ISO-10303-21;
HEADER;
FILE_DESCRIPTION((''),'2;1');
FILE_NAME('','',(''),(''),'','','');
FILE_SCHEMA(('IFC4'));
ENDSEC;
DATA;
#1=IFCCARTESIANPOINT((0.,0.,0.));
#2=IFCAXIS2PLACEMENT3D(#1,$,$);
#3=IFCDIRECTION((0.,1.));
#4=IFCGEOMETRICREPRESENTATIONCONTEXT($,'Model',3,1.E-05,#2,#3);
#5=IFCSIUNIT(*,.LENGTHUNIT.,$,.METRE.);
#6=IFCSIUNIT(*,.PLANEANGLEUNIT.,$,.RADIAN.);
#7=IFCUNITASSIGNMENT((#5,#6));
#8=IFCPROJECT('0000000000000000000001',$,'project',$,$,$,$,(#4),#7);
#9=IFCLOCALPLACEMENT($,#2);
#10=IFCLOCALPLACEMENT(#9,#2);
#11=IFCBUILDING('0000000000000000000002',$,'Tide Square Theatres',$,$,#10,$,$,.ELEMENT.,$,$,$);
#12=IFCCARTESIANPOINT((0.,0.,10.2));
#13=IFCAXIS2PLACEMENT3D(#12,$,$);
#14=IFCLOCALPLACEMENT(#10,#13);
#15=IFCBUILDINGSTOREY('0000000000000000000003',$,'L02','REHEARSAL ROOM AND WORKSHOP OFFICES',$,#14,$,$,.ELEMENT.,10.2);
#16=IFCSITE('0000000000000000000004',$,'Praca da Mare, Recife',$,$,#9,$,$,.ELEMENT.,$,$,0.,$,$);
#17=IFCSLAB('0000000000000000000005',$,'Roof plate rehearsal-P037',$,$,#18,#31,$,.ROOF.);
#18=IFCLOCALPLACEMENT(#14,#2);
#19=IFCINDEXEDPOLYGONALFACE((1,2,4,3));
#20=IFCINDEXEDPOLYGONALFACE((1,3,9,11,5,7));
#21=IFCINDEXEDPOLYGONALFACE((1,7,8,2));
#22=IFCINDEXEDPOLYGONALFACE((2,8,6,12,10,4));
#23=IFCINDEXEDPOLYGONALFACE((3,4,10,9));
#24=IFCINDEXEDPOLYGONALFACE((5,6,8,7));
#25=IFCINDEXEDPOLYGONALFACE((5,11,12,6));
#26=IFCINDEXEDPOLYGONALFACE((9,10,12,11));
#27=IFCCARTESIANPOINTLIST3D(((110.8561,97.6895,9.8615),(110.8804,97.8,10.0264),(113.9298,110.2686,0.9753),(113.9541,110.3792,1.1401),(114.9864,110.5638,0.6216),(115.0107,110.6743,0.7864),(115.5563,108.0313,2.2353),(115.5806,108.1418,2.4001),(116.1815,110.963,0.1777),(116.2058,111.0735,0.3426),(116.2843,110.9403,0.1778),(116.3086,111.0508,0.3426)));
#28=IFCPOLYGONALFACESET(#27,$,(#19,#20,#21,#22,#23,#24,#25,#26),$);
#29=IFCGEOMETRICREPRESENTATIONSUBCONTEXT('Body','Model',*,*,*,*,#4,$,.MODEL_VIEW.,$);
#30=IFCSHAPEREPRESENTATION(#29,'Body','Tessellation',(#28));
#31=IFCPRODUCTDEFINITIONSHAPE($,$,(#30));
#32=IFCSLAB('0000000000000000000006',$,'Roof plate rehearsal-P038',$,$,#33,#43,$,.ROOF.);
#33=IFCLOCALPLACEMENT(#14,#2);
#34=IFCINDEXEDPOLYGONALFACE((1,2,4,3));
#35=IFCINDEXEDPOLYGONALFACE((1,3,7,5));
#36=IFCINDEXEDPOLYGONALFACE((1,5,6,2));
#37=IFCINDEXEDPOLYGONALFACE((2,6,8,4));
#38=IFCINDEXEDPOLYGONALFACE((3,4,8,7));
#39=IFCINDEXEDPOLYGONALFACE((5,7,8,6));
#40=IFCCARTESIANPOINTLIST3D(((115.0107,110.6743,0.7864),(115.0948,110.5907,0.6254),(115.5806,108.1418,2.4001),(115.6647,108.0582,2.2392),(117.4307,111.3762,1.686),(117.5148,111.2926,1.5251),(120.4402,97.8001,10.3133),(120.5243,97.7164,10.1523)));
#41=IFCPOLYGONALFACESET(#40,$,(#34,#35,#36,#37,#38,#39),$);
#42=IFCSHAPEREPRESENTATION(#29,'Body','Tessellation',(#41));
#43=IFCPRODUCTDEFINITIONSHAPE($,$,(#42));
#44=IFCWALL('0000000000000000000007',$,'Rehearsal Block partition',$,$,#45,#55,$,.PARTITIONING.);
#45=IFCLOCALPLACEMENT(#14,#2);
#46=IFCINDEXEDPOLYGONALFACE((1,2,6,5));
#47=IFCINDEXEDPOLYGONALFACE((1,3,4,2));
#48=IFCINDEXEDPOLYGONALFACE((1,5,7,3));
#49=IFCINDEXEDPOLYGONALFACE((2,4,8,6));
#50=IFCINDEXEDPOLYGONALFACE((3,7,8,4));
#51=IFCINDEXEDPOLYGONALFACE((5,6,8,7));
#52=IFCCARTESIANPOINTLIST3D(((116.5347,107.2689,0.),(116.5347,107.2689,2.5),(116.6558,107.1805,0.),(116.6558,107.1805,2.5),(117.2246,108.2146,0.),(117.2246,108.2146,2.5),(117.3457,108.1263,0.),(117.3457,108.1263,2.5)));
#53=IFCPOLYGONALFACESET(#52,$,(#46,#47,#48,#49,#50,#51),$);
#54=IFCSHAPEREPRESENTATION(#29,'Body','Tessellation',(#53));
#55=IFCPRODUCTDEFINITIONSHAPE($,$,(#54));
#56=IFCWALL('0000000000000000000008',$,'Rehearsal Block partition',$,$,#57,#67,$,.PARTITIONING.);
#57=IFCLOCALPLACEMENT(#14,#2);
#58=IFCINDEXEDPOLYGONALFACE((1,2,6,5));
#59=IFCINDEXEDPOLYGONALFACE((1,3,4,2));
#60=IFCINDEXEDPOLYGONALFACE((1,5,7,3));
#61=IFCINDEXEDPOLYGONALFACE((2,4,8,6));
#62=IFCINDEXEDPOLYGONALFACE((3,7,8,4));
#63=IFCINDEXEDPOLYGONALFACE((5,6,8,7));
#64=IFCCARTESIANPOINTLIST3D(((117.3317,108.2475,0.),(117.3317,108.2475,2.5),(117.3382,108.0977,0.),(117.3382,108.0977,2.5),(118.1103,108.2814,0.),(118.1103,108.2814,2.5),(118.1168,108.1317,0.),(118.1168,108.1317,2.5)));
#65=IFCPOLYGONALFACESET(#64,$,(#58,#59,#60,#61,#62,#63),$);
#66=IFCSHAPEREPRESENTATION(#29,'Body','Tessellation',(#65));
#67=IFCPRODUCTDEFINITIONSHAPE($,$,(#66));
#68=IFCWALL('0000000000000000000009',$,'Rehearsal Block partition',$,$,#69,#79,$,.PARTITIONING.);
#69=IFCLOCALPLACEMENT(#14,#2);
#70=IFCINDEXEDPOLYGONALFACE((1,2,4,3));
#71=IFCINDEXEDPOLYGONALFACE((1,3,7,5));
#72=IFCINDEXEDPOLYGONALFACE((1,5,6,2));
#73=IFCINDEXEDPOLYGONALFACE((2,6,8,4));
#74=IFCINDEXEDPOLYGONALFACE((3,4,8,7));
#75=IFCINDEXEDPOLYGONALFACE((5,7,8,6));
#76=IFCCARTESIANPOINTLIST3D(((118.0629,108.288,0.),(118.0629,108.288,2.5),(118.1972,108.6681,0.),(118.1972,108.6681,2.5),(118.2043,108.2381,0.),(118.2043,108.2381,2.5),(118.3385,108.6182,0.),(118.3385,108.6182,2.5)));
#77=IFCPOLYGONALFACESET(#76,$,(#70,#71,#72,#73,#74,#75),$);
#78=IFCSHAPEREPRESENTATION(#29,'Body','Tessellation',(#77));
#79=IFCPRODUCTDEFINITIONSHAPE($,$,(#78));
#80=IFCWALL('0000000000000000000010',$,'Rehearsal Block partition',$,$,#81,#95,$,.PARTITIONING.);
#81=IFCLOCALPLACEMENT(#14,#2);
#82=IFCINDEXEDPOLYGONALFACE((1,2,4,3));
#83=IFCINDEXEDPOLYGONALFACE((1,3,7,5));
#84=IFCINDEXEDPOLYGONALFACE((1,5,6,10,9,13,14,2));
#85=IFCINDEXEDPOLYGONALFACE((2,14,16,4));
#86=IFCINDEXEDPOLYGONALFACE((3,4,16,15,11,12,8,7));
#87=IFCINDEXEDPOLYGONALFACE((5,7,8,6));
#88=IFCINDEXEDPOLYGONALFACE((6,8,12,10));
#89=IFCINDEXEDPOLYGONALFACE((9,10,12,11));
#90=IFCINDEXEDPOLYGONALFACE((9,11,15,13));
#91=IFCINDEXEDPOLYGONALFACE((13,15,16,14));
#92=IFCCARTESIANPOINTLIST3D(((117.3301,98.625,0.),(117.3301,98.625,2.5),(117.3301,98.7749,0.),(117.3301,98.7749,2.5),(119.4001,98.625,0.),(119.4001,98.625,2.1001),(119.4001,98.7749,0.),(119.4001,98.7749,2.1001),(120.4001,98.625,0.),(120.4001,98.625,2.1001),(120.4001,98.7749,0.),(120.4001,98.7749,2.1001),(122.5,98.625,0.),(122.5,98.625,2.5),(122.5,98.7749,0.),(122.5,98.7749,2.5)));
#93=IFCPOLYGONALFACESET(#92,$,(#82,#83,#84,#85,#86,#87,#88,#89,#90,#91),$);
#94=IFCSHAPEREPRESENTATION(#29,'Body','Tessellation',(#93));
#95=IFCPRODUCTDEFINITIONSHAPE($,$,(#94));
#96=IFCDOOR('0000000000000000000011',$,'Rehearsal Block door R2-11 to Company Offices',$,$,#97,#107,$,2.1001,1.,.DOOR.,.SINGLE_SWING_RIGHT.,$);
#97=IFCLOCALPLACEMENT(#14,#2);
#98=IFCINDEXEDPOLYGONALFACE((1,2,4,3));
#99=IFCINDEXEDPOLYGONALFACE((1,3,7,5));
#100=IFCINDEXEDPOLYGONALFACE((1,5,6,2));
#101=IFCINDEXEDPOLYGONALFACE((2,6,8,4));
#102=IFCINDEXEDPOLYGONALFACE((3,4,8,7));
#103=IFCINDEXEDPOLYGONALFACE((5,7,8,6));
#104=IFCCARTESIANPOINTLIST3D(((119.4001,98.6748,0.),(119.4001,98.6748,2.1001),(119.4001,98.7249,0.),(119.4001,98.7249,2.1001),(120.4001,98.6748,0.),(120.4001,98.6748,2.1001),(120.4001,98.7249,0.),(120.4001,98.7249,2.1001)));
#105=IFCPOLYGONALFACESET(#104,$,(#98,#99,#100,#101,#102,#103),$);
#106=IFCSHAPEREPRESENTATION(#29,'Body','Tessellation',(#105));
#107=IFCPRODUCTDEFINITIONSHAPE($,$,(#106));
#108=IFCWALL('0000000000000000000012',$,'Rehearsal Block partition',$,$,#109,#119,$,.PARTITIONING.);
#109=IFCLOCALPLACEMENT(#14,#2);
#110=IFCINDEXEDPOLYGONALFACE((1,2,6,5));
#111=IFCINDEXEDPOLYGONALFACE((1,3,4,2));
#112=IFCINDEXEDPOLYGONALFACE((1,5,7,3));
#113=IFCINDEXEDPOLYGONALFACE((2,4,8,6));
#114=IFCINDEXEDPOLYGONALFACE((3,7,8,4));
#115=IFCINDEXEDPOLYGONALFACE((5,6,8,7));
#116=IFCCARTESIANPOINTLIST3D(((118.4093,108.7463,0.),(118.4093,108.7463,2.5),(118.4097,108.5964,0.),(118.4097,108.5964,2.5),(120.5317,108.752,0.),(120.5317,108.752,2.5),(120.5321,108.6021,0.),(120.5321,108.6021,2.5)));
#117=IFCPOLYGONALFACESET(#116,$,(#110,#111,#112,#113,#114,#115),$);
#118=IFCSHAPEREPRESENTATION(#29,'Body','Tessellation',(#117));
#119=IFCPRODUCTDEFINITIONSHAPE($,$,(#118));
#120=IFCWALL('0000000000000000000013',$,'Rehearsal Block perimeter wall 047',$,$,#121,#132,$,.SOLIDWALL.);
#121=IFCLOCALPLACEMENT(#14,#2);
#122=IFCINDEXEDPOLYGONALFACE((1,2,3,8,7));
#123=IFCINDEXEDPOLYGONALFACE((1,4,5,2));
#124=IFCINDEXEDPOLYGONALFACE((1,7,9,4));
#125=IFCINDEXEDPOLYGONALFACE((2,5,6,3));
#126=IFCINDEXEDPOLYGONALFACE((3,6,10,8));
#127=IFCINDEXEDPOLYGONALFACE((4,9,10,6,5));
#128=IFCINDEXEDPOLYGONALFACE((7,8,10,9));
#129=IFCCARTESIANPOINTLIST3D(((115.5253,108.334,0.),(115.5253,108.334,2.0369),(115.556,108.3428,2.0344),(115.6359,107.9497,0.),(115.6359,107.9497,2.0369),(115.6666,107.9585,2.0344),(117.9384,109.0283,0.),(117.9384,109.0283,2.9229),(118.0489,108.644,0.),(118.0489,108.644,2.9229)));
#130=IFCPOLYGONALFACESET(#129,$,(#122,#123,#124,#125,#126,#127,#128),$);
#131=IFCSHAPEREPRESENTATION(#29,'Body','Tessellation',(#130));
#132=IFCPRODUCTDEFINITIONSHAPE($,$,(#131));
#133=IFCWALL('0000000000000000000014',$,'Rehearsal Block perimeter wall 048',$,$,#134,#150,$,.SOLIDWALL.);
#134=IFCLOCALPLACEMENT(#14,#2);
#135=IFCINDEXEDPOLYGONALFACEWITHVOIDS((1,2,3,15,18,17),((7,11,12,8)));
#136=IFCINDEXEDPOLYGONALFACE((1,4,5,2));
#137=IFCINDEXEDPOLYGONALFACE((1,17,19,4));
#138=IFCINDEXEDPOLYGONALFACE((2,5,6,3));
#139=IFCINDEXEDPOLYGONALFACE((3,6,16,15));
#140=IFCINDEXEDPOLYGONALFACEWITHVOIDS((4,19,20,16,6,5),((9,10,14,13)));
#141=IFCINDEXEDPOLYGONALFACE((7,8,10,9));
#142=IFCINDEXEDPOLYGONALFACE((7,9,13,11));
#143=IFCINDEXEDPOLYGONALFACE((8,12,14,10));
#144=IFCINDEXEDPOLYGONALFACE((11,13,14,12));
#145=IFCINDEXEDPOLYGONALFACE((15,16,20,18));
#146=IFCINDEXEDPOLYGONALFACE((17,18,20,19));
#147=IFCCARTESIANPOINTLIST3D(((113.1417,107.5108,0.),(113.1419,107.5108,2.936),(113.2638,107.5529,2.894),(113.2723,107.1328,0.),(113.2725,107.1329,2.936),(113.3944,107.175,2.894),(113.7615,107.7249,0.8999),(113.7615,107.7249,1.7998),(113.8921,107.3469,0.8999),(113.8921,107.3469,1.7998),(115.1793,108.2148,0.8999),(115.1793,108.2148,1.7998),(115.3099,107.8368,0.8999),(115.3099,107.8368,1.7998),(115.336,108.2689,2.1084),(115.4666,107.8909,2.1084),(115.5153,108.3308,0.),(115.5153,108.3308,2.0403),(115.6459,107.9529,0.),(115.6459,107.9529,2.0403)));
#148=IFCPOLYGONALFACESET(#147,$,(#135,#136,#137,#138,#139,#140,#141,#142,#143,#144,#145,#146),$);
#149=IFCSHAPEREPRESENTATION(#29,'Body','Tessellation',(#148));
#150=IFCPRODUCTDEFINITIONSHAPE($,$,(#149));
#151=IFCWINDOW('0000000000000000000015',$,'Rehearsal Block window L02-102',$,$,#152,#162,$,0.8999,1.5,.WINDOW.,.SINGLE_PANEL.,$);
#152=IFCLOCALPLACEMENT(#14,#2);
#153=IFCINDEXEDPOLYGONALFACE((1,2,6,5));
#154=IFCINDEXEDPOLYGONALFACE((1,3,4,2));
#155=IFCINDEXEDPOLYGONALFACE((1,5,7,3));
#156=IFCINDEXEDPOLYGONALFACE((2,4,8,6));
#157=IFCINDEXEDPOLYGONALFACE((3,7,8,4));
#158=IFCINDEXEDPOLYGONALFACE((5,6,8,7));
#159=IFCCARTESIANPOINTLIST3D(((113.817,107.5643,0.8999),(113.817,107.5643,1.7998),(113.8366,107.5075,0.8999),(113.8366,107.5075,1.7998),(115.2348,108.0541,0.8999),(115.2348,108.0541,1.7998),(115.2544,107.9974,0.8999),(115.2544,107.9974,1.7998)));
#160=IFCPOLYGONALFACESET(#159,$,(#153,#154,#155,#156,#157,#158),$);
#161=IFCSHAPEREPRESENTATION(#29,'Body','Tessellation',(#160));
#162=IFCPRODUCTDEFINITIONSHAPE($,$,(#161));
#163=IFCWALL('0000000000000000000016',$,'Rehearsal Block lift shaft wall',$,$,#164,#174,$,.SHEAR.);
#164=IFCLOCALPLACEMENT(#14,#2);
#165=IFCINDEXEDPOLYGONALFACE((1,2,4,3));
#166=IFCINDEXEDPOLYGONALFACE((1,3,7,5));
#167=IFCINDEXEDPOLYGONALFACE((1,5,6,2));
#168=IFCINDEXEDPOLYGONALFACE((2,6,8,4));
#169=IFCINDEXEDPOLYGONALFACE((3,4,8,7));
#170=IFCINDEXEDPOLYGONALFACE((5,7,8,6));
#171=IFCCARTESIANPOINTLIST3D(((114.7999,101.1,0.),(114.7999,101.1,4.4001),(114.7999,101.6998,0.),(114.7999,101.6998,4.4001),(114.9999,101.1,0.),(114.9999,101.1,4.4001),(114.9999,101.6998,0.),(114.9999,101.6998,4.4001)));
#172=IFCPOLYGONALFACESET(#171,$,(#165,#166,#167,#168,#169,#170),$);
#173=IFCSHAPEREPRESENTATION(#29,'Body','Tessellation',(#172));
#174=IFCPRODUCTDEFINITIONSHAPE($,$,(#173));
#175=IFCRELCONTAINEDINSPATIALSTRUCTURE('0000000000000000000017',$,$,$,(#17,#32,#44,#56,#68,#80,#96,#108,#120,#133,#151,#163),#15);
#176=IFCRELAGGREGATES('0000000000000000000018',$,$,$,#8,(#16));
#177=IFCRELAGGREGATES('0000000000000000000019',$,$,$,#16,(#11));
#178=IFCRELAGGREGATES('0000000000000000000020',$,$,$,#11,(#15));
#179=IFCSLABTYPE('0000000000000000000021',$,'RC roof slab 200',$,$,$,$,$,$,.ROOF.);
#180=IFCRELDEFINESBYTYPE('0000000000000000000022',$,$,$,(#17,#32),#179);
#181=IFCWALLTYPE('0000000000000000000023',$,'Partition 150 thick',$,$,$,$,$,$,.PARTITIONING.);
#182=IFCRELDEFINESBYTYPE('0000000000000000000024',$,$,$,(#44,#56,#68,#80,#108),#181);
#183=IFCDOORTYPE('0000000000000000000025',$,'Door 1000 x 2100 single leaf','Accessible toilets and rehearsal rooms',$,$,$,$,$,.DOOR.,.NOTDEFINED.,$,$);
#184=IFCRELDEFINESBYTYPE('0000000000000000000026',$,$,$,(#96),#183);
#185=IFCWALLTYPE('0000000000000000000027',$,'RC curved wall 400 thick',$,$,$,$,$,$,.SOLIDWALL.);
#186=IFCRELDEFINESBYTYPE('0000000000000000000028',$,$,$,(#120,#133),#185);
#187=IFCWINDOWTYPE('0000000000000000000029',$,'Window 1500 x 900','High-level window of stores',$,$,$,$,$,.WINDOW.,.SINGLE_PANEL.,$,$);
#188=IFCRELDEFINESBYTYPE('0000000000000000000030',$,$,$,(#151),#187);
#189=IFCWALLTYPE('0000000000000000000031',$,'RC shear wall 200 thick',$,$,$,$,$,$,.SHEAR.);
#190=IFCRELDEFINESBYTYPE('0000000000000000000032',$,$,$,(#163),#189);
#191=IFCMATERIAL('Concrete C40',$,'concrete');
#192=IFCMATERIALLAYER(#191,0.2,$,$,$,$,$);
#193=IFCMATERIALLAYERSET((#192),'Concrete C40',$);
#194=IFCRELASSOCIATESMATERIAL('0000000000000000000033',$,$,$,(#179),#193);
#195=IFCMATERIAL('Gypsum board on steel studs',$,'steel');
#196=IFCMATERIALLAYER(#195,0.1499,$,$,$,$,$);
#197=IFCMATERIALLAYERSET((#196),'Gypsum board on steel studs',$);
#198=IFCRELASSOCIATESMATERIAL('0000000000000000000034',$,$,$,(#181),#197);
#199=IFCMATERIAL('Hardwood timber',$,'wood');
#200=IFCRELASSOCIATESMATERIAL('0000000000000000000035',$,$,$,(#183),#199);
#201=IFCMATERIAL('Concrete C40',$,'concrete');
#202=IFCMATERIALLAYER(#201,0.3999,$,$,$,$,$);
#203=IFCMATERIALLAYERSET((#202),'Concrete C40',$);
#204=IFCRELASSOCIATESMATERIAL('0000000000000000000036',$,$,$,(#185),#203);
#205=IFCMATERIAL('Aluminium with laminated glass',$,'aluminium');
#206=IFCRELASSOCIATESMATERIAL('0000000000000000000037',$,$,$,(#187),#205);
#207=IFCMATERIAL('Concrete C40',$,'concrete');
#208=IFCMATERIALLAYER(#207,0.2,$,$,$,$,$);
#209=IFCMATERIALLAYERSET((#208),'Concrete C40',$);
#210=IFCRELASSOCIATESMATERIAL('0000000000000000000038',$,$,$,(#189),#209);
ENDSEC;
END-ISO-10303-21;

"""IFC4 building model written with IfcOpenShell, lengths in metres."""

from ifc_helpers import new_model, si_unit, direction, frame, frame_2d, origin, place, context, subcontext, project, spatial, polyline, rectangle, outline, extrude, material, layer, layer_set, type_object, element, fill, save


model = new_model("IFC4")

# Units and contexts
model_context = context("Model", 3, precision=1e-05, world=origin(), true_north=direction((0.0, 1.0)))
body_context = subcontext(model_context, "Body", "Model", "MODEL_VIEW")
ifc_project = project(units=[si_unit("LENGTHUNIT", "METRE"), si_unit("PLANEANGLEUNIT", "RADIAN")], contexts=[model_context])

# Site, building, storey
site_placement = place(None, origin())
site = spatial("IfcSite", under=ifc_project, at=site_placement, Name="Praca da Mare, Recife", CompositionType="ELEMENT", RefElevation=0.0)
building_placement = place(site_placement, origin())
building = spatial("IfcBuilding", under=site, at=building_placement, Name="Tide Square Theatres", CompositionType="ELEMENT")
storey_placement = place(building_placement, frame((0.0, 0.0, 10.2)))
storey = spatial("IfcBuildingStorey", under=building, at=storey_placement, Name="L02", Description="REHEARSAL ROOM AND WORKSHOP OFFICES", CompositionType="ELEMENT", Elevation=10.2)

# Slabs
ifc_material_1 = material(Name="Concrete C40", Category="concrete")
ifc_layer_1 = layer(ifc_material_1, 0.2)
ifc_layer_set_1 = layer_set([ifc_layer_1], Name="Concrete C40")
slab_type = type_object("IfcSlabType", Name="RC roof slab 200", PredefinedType="ROOF", material=ifc_layer_set_1)
slab_1_placement = place(storey_placement, frame((113.9541, 110.3792, 1.1401), z_axis=(0.121591, 0.552708, 0.824457), x_axis=(-0.195717, -0.800962, 0.565822)))
element("IfcSlab", 1, at=slab_1_placement, inside=storey, type_object=slab_type, Name="Roof plate rehearsal-P037", PredefinedType="ROOF", context=body_context, shape_type="SweptSolid", body=[
    extrude(outline(polyline([(0.0, 0.0), (15.705, 0.0), (2.1866, 2.1112), (-0.6434, 0.9565), (-1.4501, 2.128), (-1.4481, 2.0227), (0.0, 0.0)])), origin(), (0.0, 0.0, -1.0), 0.2),
])
slab_2_placement = place(storey_placement, frame((115.5806, 108.1418, 2.4001), z_axis=(-0.420611, 0.418336, 0.805035), x_axis=(0.349634, -0.74406, 0.569325)))
element("IfcSlab", 2, at=slab_2_placement, inside=storey, type_object=slab_type, Name="Roof plate rehearsal-P038", PredefinedType="ROOF", context=body_context, shape_type="SweptSolid", body=[
    extrude(outline(polyline([(0.0, 0.0), (13.8991, 0.0), (-2.1663, 3.1147), (-3.0023, 0.5732), (0.0, 0.0)])), origin(), (0.0, 0.0, -1.0), 0.2),
])

# Walls
ifc_material_2 = material(Name="Gypsum board on steel studs", Category="steel")
ifc_layer_2 = layer(ifc_material_2, 0.1499)
ifc_layer_set_2 = layer_set([ifc_layer_2], Name="Gypsum board on steel studs")
wall_type_1 = type_object("IfcWallType", Name="Partition 150 thick", PredefinedType="PARTITIONING", material=ifc_layer_set_2)
wall_1_placement = place(storey_placement, frame((116.5952, 107.2246, 0.0), z_axis=(0.0, 0.0, 1.0), x_axis=(0.589337, 0.807888, 0.0)))
element("IfcWall", 3, at=wall_1_placement, inside=storey, type_object=wall_type_1, Name="Rehearsal Block partition", PredefinedType="PARTITIONING", context=body_context, shape_type="SweptSolid", body=[
    extrude(rectangle(XDim=1.1707, YDim=0.1499, at=frame_2d((0.5854, 0.0))), origin(), (0.0, 0.0, 1.0), 2.5),
])
wall_2_placement = place(storey_placement, frame((117.335, 108.1726, 0.0), z_axis=(0.0, 0.0, 1.0), x_axis=(0.999051, 0.043546, 0.0)))
element("IfcWall", 4, at=wall_2_placement, inside=storey, type_object=wall_type_1, Name="Rehearsal Block partition", PredefinedType="PARTITIONING", context=body_context, shape_type="SweptSolid", body=[
    extrude(rectangle(XDim=0.7793, YDim=0.1499, at=frame_2d((0.3896, 0.0))), origin(), (0.0, 0.0, 1.0), 2.5),
])
wall_3_placement = place(storey_placement, frame((118.1335, 108.2629, 0.0), z_axis=(0.0, 0.0, 1.0), x_axis=(0.333074, 0.942901, 0.0)))
element("IfcWall", 5, at=wall_3_placement, inside=storey, type_object=wall_type_1, Name="Rehearsal Block partition", PredefinedType="PARTITIONING", context=body_context, shape_type="SweptSolid", body=[
    extrude(rectangle(XDim=0.4031, YDim=0.1499, at=frame_2d((0.2017, 0.0))), origin(), (0.0, 0.0, 1.0), 2.5),
])

# Wall, opening, door
wall_4_placement = place(storey_placement, frame((117.3301, 98.7, 0.0), z_axis=(0.0, 0.0, 1.0), x_axis=(1.0, 0.0, 0.0)))
wall_4 = element("IfcWall", 6, at=wall_4_placement, inside=storey, type_object=wall_type_1, Name="Rehearsal Block partition", PredefinedType="PARTITIONING", context=body_context, shape_type="SweptSolid", body=[
    extrude(rectangle(XDim=5.1699, YDim=0.1499, at=frame_2d((2.585, 0.0))), origin(), (0.0, 0.0, 1.0), 2.5),
])
opening_1_placement = place(wall_4_placement, frame((2.0701, 0.0, 0.0)))
opening_1 = element("IfcOpeningElement", 7, at=opening_1_placement, cuts=wall_4, PredefinedType="OPENING", context=body_context, shape_type="SweptSolid", body=[
    extrude(rectangle(XDim=1.0, YDim=2.1001, at=frame_2d((0.5, 1.05))), frame((0.0, 0.085, 0.0), z_axis=(0.0, -1.0, 0.0), x_axis=(1.0, 0.0, 0.0)), (0.0, 0.0, 1.0), 0.1699),
])
ifc_material_3 = material(Name="Hardwood timber", Category="wood")
door_type_1 = type_object("IfcDoorType", Name="Door 1000 x 2100 single leaf", Description="Accessible toilets and rehearsal rooms", OperationType="NOTDEFINED", PredefinedType="DOOR", material=ifc_material_3)
door_1_placement = place(opening_1_placement, origin())
door_1 = element("IfcDoor", 8, at=door_1_placement, inside=storey, type_object=door_type_1, Name="Rehearsal Block door R2-11 to Company Offices", OperationType="SINGLE_SWING_RIGHT", OverallHeight=2.1001, OverallWidth=1.0, PredefinedType="DOOR", context=body_context, shape_type="SweptSolid", body=[
    extrude(rectangle(XDim=1.0, YDim=2.1001, at=frame_2d((0.5, 1.05))), frame((0.0, 0.0249, 0.0), z_axis=(0.0, -1.0, 0.0), x_axis=(1.0, 0.0, 0.0)), (0.0, 0.0, 1.0), 0.05),
])
fill(opening_1, door_1)

# Walls
wall_5_placement = place(storey_placement, frame((118.4097, 108.6714, 0.0), z_axis=(0.0, 0.0, 1.0), x_axis=(0.999996, 0.002646, 0.0)))
element("IfcWall", 9, at=wall_5_placement, inside=storey, type_object=wall_type_1, Name="Rehearsal Block partition", PredefinedType="PARTITIONING", context=body_context, shape_type="SweptSolid", body=[
    extrude(rectangle(XDim=2.1223, YDim=0.1499, at=frame_2d((1.061, 0.0))), origin(), (0.0, 0.0, 1.0), 2.5),
])
ifc_material_4 = material(Name="Concrete C40", Category="concrete")
ifc_layer_3 = layer(ifc_material_4, 0.3999)
ifc_layer_set_3 = layer_set([ifc_layer_3], Name="Concrete C40")
wall_type_2 = type_object("IfcWallType", Name="RC curved wall 400 thick", PredefinedType="SOLIDWALL", material=ifc_layer_set_3)
wall_6_placement = place(storey_placement, frame((117.9937, 108.8362, 0.0), z_axis=(0.0, 0.0, 1.0), x_axis=(-0.961009, -0.276518, 0.0)))
element("IfcWall", 10, at=wall_6_placement, inside=storey, type_object=wall_type_2, Name="Rehearsal Block perimeter wall 047", PredefinedType="SOLIDWALL", context=body_context, shape_type="SweptSolid", body=[
    extrude(outline(polyline([(0.0, 0.0), (2.511, 0.0), (2.511, 2.0369), (2.479, 2.0344), (0.0, 2.9229), (0.0, 0.0)])), frame((0.0, 0.2, 0.0), z_axis=(0.0, -1.0, 0.0), x_axis=(1.0, 0.0, 0.0)), (0.0, 0.0, 1.0), 0.3999),
])

# Wall, opening, window
wall_7_placement = place(storey_placement, frame((115.5806, 108.1418, 0.0), z_axis=(0.0, 0.0, 1.0), x_axis=(-0.945175, -0.326563, 0.0)))
wall_7 = element("IfcWall", 11, at=wall_7_placement, inside=storey, type_object=wall_type_2, Name="Rehearsal Block perimeter wall 048", PredefinedType="SOLIDWALL", context=body_context, shape_type="SweptSolid", body=[
    extrude(outline(polyline([(0.0, 0.0), (2.5112, 0.0), (2.511, 2.936), (2.3821, 2.894), (0.1897, 2.1084), (0.0, 2.0403), (0.0, 0.0)])), frame((0.0, 0.2, 0.0), z_axis=(0.0, -1.0, 0.0), x_axis=(1.0, 0.0, 0.0)), (0.0, 0.0, 1.0), 0.3999),
])
opening_2_placement = place(wall_7_placement, frame((0.3555, 0.0, 0.8999)))
opening_2 = element("IfcOpeningElement", 12, at=opening_2_placement, cuts=wall_7, PredefinedType="OPENING", context=body_context, shape_type="SweptSolid", body=[
    extrude(rectangle(XDim=1.5, YDim=0.8999, at=frame_2d((0.75, 0.45))), frame((0.0, 0.21, 0.0), z_axis=(0.0, -1.0, 0.0), x_axis=(1.0, 0.0, 0.0)), (0.0, 0.0, 1.0), 0.4199),
])
ifc_material_5 = material(Name="Aluminium with laminated glass", Category="aluminium")
window_type = type_object("IfcWindowType", Name="Window 1500 x 900", Description="High-level window of stores", PartitioningType="SINGLE_PANEL", PredefinedType="WINDOW", material=ifc_material_5)
window_placement = place(opening_2_placement, origin())
window = element("IfcWindow", 13, at=window_placement, inside=storey, type_object=window_type, Name="Rehearsal Block window L02-102", OverallHeight=0.8999, OverallWidth=1.5, PartitioningType="SINGLE_PANEL", PredefinedType="WINDOW", context=body_context, shape_type="SweptSolid", body=[
    extrude(rectangle(XDim=1.5, YDim=0.8999, at=frame_2d((0.75, 0.45))), frame((0.0, 0.03, 0.0), z_axis=(0.0, -1.0, 0.0), x_axis=(1.0, 0.0, 0.0)), (0.0, 0.0, 1.0), 0.0601),
])
fill(opening_2, window)

# Wall
ifc_material_6 = material(Name="Concrete C40", Category="concrete")
ifc_layer_4 = layer(ifc_material_6, 0.2)
ifc_layer_set_4 = layer_set([ifc_layer_4], Name="Concrete C40")
wall_type_3 = type_object("IfcWallType", Name="RC shear wall 200 thick", PredefinedType="SHEAR", material=ifc_layer_set_4)
wall_8_placement = place(storey_placement, frame((114.8999, 101.1001, 0.0), z_axis=(0.0, 0.0, 1.0), x_axis=(0.0, 1.0, 0.0)))
element("IfcWall", 14, at=wall_8_placement, inside=storey, type_object=wall_type_3, Name="Rehearsal Block lift shaft wall", PredefinedType="SHEAR", context=body_context, shape_type="SweptSolid", body=[
    extrude(rectangle(XDim=0.5999, YDim=0.2, at=frame_2d((0.2998, 0.0))), origin(), (0.0, 0.0, 1.0), 4.4001),
])

save(model, "model.ifc")
